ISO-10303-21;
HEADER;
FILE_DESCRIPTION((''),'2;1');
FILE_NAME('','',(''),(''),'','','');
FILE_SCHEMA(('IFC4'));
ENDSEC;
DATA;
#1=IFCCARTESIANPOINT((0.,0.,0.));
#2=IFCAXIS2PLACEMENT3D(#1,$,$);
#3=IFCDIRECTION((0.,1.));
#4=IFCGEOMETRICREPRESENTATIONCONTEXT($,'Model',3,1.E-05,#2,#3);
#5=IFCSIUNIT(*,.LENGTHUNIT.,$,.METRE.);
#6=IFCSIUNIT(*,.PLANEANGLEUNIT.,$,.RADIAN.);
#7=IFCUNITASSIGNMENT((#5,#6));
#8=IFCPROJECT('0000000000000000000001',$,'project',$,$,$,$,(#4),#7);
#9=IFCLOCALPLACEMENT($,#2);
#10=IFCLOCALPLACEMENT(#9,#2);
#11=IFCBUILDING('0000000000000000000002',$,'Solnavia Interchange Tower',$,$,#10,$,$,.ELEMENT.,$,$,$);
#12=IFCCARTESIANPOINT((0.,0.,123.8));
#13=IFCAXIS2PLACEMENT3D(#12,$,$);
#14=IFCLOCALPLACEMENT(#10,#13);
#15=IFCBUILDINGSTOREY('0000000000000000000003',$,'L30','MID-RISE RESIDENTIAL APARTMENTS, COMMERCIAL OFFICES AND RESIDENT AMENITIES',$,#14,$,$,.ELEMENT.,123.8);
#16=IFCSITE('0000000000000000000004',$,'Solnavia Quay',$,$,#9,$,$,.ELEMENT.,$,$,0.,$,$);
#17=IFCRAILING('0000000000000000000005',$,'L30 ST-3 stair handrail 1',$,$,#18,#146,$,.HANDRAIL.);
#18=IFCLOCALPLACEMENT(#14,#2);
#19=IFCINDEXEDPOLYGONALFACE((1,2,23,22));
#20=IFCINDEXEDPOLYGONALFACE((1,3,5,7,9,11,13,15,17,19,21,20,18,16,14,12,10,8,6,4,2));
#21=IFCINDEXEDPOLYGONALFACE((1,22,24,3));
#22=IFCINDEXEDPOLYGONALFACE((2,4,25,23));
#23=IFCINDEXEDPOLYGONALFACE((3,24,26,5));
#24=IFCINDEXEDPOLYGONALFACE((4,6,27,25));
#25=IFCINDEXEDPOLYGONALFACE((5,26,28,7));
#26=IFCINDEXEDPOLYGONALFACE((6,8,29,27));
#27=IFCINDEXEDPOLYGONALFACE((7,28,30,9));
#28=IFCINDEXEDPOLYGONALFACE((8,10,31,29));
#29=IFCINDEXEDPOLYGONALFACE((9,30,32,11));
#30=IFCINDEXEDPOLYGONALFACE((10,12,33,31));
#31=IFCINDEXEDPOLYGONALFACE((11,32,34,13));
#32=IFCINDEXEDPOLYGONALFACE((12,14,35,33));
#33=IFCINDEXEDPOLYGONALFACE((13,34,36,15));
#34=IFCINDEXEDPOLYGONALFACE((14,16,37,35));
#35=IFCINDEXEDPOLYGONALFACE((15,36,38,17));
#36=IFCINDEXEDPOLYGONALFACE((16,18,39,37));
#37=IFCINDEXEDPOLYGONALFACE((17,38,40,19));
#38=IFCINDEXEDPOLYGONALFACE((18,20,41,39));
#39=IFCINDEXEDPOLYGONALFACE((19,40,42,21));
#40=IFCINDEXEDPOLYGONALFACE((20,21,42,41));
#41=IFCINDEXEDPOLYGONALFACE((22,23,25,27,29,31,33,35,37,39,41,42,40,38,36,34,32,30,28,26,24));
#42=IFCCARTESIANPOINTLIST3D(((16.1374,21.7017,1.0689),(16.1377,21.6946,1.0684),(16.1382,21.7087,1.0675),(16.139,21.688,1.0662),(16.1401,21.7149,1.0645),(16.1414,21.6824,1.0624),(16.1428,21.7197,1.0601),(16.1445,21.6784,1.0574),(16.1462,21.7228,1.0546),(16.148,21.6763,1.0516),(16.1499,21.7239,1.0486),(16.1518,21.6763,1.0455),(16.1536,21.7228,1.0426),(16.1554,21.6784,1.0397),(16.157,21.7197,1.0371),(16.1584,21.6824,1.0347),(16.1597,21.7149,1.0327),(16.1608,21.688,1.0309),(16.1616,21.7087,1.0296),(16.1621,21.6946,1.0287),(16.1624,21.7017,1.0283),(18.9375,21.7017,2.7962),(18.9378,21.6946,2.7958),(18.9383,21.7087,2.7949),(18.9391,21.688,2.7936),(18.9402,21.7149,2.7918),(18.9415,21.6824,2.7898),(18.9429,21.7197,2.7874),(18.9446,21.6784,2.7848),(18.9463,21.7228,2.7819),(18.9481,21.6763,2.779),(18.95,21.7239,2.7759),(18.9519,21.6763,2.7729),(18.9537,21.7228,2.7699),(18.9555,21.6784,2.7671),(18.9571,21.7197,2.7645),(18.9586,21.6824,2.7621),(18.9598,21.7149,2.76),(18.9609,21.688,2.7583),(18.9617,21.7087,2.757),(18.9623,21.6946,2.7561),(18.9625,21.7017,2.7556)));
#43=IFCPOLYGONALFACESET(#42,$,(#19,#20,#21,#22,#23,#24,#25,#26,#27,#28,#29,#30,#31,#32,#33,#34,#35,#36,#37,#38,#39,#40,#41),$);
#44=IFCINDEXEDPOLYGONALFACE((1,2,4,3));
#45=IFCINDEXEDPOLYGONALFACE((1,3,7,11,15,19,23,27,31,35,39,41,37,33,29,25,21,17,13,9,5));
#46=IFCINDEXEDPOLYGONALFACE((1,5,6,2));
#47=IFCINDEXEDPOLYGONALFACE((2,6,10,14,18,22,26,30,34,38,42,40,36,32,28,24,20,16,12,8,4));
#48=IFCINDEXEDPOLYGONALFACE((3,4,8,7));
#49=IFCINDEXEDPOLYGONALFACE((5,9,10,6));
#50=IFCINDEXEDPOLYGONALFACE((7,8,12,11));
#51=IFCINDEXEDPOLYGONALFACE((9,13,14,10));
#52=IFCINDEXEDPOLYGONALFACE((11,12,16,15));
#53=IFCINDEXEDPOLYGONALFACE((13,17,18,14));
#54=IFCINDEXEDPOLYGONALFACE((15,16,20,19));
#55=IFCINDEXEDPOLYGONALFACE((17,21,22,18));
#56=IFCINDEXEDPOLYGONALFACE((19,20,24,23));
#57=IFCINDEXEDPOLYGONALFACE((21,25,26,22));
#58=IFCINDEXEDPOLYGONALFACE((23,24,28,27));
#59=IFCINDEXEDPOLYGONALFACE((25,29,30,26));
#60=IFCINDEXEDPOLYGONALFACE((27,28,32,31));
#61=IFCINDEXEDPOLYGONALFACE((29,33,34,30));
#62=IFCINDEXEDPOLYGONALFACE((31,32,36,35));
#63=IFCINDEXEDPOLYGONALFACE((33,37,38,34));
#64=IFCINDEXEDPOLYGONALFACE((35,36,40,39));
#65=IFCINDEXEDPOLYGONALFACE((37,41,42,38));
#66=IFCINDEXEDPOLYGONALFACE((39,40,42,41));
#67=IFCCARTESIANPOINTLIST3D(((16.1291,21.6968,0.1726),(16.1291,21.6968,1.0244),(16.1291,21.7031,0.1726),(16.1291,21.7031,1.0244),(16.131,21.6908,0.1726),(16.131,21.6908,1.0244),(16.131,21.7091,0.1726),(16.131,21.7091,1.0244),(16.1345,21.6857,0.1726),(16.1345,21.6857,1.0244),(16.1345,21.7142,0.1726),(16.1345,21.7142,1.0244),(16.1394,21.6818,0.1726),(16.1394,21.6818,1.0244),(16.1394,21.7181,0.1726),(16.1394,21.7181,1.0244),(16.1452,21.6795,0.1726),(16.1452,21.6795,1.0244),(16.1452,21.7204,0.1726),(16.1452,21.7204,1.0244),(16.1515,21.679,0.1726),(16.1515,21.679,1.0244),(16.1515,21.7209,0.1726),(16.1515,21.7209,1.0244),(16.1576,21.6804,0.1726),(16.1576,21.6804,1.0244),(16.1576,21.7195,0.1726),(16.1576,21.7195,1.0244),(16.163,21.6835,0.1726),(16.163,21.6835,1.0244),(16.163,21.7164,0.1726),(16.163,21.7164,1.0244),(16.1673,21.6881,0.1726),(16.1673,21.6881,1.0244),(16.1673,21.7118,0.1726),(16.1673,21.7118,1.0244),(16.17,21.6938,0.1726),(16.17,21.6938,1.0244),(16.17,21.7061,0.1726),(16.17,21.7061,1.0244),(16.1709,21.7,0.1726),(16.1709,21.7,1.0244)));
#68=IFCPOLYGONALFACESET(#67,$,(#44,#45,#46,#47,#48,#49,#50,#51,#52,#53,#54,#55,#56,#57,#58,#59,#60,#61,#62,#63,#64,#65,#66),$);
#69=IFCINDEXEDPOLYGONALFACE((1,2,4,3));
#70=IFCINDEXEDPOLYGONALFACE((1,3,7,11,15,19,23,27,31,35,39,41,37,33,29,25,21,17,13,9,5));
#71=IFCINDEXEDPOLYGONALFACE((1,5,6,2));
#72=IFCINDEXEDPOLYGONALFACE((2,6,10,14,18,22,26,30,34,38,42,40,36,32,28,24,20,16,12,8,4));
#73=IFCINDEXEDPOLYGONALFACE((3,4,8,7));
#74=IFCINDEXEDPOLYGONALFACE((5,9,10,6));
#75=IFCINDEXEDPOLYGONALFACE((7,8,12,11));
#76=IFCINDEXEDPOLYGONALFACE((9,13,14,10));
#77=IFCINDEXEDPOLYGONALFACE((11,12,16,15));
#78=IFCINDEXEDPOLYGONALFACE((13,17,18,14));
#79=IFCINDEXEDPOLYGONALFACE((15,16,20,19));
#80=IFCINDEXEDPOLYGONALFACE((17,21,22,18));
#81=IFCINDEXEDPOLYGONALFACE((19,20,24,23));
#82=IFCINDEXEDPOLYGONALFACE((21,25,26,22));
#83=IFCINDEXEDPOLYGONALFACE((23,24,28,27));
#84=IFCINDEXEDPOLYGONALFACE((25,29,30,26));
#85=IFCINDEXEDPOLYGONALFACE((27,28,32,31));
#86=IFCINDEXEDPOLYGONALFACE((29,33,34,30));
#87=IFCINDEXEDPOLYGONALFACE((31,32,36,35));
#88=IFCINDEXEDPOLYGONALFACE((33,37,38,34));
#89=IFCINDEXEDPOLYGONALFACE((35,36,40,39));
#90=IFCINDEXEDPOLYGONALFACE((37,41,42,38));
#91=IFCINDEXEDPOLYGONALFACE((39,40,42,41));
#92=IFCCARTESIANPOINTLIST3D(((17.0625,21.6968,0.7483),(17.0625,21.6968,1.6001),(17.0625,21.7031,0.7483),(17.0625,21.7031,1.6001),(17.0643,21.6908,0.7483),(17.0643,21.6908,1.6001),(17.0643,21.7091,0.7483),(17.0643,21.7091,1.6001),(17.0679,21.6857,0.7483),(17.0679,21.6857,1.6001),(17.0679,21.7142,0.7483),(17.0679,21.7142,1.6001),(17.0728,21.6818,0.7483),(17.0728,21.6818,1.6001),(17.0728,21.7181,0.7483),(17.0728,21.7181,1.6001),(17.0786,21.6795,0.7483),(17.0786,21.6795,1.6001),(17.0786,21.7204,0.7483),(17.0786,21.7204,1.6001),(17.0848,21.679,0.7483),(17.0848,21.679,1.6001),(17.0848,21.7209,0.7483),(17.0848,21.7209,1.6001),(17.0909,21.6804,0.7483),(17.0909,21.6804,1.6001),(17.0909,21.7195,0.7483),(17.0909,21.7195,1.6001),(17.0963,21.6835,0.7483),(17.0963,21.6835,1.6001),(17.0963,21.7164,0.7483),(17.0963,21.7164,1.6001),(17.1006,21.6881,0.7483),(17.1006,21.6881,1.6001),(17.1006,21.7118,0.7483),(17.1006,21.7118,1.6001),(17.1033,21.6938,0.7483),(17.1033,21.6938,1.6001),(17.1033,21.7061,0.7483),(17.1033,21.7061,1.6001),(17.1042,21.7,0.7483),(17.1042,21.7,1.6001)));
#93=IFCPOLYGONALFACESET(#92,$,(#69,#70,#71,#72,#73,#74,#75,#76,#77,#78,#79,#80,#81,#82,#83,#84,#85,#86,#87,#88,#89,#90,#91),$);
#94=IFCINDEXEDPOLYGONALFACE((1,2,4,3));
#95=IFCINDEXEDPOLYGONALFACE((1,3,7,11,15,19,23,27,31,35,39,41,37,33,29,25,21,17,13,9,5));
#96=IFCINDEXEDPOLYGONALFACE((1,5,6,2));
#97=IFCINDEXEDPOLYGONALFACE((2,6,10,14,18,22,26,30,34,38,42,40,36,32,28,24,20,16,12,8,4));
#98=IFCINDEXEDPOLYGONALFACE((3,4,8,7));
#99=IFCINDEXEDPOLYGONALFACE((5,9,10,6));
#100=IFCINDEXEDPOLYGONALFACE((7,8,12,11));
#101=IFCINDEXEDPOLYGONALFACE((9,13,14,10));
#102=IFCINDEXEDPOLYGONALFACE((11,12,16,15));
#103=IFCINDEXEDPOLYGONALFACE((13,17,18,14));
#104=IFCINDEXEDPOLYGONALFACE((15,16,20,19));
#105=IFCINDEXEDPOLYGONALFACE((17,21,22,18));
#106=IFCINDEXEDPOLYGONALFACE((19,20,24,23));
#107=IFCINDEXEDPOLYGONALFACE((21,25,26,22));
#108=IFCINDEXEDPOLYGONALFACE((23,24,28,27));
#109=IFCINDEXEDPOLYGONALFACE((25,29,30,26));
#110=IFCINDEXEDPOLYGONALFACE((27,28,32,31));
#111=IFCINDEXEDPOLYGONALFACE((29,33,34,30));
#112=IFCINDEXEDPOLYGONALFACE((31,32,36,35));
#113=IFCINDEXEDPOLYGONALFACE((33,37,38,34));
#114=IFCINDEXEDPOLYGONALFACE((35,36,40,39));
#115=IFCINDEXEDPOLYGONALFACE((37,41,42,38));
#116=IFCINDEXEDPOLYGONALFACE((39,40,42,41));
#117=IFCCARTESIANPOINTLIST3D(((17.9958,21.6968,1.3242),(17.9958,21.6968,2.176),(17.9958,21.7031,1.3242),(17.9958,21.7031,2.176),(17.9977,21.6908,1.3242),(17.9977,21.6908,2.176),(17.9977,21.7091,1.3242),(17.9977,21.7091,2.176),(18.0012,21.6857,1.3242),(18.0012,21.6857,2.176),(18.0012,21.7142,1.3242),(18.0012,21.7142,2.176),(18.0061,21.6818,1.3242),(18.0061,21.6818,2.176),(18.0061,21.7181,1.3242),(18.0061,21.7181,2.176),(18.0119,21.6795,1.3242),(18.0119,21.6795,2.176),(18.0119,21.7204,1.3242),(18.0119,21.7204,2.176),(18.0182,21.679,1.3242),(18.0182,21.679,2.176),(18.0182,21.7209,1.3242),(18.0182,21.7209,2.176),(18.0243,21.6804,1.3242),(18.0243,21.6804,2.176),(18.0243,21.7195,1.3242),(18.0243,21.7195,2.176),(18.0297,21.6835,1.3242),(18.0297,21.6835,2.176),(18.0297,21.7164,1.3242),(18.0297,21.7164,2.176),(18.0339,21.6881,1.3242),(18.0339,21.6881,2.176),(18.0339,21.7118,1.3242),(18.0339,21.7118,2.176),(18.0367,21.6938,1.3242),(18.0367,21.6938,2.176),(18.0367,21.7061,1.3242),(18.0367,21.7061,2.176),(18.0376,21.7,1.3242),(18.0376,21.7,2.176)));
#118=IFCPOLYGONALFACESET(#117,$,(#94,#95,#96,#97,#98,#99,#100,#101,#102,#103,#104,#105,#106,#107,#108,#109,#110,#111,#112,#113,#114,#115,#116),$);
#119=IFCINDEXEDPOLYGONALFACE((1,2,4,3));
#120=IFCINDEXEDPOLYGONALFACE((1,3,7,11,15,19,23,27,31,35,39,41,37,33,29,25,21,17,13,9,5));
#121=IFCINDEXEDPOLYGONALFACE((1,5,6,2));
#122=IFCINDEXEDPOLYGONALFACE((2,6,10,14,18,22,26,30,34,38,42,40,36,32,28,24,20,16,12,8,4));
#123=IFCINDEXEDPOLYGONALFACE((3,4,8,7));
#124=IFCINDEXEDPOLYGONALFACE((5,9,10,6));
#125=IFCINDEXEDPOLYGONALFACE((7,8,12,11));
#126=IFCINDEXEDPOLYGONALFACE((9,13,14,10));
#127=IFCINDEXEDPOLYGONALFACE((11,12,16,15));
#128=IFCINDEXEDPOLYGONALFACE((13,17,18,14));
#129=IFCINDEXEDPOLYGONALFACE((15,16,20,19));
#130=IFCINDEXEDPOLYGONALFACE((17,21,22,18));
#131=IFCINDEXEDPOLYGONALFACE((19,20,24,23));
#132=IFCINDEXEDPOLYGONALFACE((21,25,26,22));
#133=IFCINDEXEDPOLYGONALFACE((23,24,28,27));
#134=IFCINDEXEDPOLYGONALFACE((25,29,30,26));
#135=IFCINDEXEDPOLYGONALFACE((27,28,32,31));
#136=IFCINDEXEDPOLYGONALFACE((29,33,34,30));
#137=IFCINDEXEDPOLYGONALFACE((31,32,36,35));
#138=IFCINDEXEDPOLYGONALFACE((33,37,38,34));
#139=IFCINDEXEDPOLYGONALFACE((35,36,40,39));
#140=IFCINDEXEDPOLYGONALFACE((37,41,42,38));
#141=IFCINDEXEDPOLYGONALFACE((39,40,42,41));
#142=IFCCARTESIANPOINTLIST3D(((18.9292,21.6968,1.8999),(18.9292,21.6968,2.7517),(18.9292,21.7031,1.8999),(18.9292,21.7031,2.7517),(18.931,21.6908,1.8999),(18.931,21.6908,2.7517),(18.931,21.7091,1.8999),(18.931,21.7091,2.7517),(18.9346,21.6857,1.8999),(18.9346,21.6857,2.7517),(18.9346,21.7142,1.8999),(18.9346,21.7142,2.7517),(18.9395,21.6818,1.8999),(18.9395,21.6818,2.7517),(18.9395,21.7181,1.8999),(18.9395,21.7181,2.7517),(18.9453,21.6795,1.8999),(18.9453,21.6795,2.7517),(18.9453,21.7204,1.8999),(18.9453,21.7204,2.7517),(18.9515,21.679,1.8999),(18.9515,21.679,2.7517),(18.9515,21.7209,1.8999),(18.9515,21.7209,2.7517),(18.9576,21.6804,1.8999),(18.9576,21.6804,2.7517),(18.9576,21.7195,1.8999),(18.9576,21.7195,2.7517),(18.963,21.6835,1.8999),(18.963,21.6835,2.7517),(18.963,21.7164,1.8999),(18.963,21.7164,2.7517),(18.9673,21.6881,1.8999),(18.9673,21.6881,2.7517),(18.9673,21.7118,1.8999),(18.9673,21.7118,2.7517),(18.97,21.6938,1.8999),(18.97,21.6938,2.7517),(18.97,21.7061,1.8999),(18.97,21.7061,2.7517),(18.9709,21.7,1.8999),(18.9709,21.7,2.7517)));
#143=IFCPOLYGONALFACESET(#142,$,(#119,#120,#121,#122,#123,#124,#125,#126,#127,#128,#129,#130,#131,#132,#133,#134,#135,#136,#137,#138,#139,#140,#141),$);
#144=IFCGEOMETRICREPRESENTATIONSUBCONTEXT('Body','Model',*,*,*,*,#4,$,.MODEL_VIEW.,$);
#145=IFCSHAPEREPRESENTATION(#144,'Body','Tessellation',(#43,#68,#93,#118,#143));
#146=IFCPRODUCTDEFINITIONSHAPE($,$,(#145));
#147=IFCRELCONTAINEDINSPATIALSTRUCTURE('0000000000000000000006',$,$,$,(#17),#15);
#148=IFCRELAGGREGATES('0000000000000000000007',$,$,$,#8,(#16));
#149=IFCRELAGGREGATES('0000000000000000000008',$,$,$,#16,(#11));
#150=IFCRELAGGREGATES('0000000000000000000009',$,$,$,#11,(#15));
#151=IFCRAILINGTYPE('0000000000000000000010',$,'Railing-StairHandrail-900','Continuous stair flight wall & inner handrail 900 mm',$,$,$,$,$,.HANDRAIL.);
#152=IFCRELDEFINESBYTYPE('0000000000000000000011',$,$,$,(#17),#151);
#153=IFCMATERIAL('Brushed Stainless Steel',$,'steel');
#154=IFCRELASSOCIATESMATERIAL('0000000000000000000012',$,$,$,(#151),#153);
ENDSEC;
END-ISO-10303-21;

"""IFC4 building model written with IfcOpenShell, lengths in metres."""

from ifc_helpers import new_model, si_unit, direction, frame, origin, origin_2d, place, context, subcontext, project, spatial, circle, extrude, material, type_object, element, save


model = new_model("IFC4")

# Units and contexts
model_context = context("Model", 3, precision=1e-05, world=origin(), true_north=direction((0.0, 1.0)))
body_context = subcontext(model_context, "Body", "Model", "MODEL_VIEW")
ifc_project = project(units=[si_unit("LENGTHUNIT", "METRE"), si_unit("PLANEANGLEUNIT", "RADIAN")], contexts=[model_context])

# Site, building, storey
site_placement = place(None, origin())
site = spatial("IfcSite", under=ifc_project, at=site_placement, Name="Solnavia Quay", CompositionType="ELEMENT", RefElevation=0.0)
building_placement = place(site_placement, origin())
building = spatial("IfcBuilding", under=site, at=building_placement, Name="Solnavia Interchange Tower", CompositionType="ELEMENT")
storey_placement = place(building_placement, frame((0.0, 0.0, 123.8)))
storey = spatial("IfcBuildingStorey", under=building, at=storey_placement, Name="L30", Description="MID-RISE RESIDENTIAL APARTMENTS, COMMERCIAL OFFICES AND RESIDENT AMENITIES", CompositionType="ELEMENT", Elevation=123.8)

# Railing
ifc_material_1 = material(Name="Brushed Stainless Steel", Category="steel")
railing_type_1 = type_object("IfcRailingType", Name="Railing-StairHandrail-900", Description="Continuous stair flight wall & inner handrail 900 mm", PredefinedType="HANDRAIL", material=ifc_material_1)
railing_1_placement = place(storey_placement, frame((16.1499, 21.7, 0.1726)))
element("IfcRailing", 1, at=railing_1_placement, inside=storey, type_object=railing_type_1, Name="L30 ST-3 stair handrail 1", PredefinedType="HANDRAIL", context=body_context, shape_type="SweptSolid", body=[
    extrude(circle(Radius=0.0239, at=origin_2d()), frame((0.0, 0.0, 0.876), z_axis=(0.85109, 0.0, 0.52502), x_axis=(0.0, 1.0, 0.0)), (0.0, 0.0, 1.0), 3.29),
    extrude(circle(Radius=0.021, at=origin_2d()), origin(), (0.0, 0.0, 1.0), 0.8518),
    extrude(circle(Radius=0.021, at=origin_2d()), frame((0.9333, 0.0, 0.5757)), (0.0, 0.0, 1.0), 0.8518),
    extrude(circle(Radius=0.021, at=origin_2d()), frame((1.8667, 0.0, 1.1516)), (0.0, 0.0, 1.0), 0.8518),
    extrude(circle(Radius=0.021, at=origin_2d()), frame((2.8, 0.0, 1.7273)), (0.0, 0.0, 1.0), 0.8518),
])

save(model, "model.ifc")
